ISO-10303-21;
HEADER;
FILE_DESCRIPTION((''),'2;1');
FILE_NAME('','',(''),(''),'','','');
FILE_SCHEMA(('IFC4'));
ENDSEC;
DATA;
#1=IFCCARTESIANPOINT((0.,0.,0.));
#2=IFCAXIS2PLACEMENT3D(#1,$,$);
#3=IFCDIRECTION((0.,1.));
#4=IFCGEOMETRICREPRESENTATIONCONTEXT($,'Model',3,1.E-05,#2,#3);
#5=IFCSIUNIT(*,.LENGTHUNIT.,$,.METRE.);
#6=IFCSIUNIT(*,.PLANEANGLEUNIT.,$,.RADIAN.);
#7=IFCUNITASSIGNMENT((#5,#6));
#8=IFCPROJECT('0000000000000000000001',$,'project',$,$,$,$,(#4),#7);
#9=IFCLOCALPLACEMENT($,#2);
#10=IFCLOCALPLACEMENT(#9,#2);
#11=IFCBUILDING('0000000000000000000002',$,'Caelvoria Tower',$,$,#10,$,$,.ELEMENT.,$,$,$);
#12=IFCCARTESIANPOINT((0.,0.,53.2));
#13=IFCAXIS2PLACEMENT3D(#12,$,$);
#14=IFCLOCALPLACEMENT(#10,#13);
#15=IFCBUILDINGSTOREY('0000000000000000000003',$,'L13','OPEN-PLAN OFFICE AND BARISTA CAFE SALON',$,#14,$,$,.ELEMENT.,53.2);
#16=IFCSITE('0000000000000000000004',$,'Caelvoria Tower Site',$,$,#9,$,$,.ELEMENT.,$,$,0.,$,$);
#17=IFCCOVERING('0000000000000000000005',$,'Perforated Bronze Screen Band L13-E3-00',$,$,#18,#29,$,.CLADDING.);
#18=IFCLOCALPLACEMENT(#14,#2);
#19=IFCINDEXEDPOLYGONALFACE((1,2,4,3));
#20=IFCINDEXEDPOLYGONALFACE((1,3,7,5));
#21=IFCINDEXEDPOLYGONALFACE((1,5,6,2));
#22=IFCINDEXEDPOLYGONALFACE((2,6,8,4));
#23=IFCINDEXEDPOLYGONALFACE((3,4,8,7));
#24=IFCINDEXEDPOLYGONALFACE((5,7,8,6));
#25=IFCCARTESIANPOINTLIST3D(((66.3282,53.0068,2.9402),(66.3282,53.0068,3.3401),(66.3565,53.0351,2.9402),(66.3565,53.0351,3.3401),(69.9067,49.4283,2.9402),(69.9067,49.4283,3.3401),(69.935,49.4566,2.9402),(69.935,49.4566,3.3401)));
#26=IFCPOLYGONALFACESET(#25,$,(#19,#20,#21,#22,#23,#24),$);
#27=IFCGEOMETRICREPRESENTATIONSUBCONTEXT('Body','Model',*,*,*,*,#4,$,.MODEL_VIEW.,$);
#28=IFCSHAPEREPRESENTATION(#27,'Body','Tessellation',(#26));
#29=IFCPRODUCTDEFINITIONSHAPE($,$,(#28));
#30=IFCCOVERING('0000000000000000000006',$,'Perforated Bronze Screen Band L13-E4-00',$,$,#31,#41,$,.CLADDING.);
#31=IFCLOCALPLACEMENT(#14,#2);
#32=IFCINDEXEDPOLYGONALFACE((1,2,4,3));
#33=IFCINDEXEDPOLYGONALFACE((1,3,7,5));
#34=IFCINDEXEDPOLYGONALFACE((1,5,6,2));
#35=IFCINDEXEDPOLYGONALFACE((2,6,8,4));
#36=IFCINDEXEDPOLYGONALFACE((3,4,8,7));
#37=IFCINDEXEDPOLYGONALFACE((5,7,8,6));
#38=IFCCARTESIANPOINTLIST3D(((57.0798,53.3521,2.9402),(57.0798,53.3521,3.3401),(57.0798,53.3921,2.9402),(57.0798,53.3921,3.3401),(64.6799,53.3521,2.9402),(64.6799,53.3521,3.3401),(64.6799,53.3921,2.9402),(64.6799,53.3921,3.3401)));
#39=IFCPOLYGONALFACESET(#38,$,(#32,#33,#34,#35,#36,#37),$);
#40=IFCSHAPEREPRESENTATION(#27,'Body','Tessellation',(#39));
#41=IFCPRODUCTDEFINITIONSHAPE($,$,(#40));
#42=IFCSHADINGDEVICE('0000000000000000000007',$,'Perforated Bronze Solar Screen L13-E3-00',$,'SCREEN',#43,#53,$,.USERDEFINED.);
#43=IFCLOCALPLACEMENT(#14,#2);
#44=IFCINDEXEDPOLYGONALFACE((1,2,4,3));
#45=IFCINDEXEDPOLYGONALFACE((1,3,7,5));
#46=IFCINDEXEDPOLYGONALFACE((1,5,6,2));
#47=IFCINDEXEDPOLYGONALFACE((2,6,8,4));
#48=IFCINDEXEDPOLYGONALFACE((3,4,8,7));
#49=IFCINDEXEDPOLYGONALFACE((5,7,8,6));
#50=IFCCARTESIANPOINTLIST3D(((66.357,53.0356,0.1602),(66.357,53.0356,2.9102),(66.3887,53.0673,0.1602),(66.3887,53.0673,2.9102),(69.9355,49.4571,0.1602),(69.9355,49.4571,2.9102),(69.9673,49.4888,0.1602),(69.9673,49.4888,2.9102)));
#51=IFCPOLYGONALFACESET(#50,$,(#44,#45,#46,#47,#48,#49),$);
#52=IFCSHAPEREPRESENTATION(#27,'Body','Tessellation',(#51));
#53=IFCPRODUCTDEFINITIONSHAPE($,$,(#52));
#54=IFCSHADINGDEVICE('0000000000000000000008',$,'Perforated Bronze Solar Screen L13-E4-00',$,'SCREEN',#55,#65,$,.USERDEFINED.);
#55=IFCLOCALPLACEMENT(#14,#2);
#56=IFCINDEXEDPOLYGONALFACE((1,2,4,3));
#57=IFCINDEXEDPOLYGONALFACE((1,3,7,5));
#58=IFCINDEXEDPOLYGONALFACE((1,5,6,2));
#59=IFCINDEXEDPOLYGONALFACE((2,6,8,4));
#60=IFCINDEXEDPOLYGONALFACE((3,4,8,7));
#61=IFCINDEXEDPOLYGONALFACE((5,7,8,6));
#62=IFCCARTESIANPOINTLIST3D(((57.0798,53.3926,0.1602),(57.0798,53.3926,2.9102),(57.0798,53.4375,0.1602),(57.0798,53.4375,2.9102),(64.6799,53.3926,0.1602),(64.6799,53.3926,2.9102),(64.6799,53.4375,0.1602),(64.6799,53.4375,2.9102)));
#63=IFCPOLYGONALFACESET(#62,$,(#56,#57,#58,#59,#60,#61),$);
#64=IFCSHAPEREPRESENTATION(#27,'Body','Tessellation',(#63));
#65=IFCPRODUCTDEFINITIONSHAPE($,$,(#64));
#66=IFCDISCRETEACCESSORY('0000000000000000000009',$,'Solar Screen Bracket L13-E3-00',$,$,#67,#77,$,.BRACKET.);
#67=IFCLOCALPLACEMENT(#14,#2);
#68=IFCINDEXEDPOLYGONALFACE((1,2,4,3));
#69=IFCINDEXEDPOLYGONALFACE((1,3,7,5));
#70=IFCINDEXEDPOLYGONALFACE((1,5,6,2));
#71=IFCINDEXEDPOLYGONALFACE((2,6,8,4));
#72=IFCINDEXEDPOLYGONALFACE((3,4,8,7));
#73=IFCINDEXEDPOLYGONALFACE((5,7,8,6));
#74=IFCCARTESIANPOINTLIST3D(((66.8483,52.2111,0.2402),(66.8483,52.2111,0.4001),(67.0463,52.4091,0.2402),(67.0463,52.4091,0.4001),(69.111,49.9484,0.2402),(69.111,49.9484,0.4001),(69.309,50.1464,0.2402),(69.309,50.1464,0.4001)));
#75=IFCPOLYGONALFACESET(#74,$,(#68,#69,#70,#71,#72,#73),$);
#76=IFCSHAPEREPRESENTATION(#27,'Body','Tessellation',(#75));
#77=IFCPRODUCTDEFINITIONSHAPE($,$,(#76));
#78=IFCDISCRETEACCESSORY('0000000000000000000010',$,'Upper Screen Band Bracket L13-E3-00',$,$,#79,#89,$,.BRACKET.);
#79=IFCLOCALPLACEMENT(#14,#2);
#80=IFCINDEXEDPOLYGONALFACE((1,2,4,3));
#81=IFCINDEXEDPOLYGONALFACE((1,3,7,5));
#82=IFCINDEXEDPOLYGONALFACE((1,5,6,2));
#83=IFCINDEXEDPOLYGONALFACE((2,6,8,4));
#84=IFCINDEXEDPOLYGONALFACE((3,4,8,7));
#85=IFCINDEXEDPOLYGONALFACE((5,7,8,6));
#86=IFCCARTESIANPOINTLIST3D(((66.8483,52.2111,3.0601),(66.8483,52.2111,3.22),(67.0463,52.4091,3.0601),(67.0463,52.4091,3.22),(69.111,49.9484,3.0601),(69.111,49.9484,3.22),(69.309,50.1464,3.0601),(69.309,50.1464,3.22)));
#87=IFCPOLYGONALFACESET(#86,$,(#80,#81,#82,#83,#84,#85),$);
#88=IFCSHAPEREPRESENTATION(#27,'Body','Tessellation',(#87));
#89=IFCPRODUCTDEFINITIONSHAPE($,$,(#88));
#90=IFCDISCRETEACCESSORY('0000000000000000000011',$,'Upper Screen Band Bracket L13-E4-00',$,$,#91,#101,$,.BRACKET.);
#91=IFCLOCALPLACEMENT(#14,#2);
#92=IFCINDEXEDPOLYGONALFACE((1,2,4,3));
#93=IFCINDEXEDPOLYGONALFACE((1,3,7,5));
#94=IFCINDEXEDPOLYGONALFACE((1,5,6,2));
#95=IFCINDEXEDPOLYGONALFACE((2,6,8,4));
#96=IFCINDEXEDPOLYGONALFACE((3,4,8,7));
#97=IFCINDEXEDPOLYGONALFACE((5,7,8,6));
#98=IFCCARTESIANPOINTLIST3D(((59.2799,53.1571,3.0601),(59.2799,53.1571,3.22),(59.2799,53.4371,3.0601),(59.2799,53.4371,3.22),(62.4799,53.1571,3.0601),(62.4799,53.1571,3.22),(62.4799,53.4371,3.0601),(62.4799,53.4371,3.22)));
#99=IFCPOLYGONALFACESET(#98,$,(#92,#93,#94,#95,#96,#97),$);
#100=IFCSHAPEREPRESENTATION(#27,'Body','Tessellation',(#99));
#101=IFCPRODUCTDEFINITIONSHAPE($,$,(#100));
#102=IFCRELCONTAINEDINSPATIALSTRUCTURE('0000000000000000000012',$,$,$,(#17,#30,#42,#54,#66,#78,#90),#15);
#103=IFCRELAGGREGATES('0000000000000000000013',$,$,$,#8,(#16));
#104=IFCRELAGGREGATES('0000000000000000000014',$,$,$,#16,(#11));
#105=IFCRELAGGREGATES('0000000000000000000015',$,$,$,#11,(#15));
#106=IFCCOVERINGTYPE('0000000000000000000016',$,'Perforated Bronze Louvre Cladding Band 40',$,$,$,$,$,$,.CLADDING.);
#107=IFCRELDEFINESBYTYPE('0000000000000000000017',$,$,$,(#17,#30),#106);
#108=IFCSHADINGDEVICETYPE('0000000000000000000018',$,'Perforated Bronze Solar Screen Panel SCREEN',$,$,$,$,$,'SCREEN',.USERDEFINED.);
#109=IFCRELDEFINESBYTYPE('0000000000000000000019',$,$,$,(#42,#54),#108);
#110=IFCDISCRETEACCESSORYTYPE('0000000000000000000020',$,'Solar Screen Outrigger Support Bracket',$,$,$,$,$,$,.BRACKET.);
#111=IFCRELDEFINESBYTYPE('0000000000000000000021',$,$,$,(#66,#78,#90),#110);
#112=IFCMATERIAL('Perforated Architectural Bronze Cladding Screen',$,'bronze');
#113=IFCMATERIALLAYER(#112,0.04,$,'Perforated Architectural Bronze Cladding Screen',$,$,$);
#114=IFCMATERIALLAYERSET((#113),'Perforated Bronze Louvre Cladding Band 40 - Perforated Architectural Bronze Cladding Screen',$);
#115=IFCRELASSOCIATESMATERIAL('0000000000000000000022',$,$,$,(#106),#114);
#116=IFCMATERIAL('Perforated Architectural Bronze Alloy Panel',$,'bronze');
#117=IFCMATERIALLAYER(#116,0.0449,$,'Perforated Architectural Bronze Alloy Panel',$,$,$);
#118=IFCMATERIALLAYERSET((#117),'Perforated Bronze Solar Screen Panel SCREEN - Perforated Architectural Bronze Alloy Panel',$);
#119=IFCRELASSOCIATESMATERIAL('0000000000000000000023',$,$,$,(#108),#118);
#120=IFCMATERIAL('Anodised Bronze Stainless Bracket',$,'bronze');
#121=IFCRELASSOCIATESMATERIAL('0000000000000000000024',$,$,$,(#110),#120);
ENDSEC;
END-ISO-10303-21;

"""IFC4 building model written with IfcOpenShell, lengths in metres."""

from ifc_helpers import new_model, si_unit, direction, frame, origin, origin_2d, place, context, subcontext, project, spatial, rectangle, extrude, material, layer, layer_set, type_object, element, save


model = new_model("IFC4")

# Units and contexts
model_context = context("Model", 3, precision=1e-05, world=origin(), true_north=direction((0.0, 1.0)))
body_context = subcontext(model_context, "Body", "Model", "MODEL_VIEW")
ifc_project = project(units=[si_unit("LENGTHUNIT", "METRE"), si_unit("PLANEANGLEUNIT", "RADIAN")], contexts=[model_context])

# Site, building, storey
site_placement = place(None, origin())
site = spatial("IfcSite", under=ifc_project, at=site_placement, Name="Caelvoria Tower Site", CompositionType="ELEMENT", RefElevation=0.0)
building_placement = place(site_placement, origin())
building = spatial("IfcBuilding", under=site, at=building_placement, Name="Caelvoria Tower", CompositionType="ELEMENT")
storey_placement = place(building_placement, frame((0.0, 0.0, 53.2)))
storey = spatial("IfcBuildingStorey", under=building, at=storey_placement, Name="L13", Description="OPEN-PLAN OFFICE AND BARISTA CAFE SALON", CompositionType="ELEMENT", Elevation=53.2)

# Coverings
ifc_material_1 = material(Name="Perforated Architectural Bronze Cladding Screen", Category="bronze")
ifc_layer_1 = layer(ifc_material_1, 0.04, Name="Perforated Architectural Bronze Cladding Screen")
ifc_layer_set_1 = layer_set([ifc_layer_1], Name="Perforated Bronze Louvre Cladding Band 40 - Perforated Architectural Bronze Cladding Screen")
covering_type = type_object("IfcCoveringType", Name="Perforated Bronze Louvre Cladding Band 40", PredefinedType="CLADDING", material=ifc_layer_set_1)
covering_1_placement = place(storey_placement, frame((68.1316, 51.2317, 2.9402), z_axis=(0.0, 0.0, 1.0), x_axis=(-0.707107, 0.707107, 0.0)))
element("IfcCovering", 1, at=covering_1_placement, inside=storey, type_object=covering_type, Name="Perforated Bronze Screen Band L13-E3-00", PredefinedType="CLADDING", context=body_context, shape_type="SweptSolid", body=[
    extrude(rectangle(XDim=5.0608, YDim=0.04, at=origin_2d()), origin(), (0.0, 0.0, 1.0), 0.3999),
])
covering_2_placement = place(storey_placement, frame((60.8799, 53.3721, 2.9402), z_axis=(0.0, 0.0, 1.0), x_axis=(-1.0, 0.0, 0.0)))
element("IfcCovering", 2, at=covering_2_placement, inside=storey, type_object=covering_type, Name="Perforated Bronze Screen Band L13-E4-00", PredefinedType="CLADDING", context=body_context, shape_type="SweptSolid", body=[
    extrude(rectangle(XDim=7.6001, YDim=0.04, at=origin_2d()), origin(), (0.0, 0.0, 1.0), 0.3999),
])

# Shading devices
ifc_material_2 = material(Name="Perforated Architectural Bronze Alloy Panel", Category="bronze")
ifc_layer_2 = layer(ifc_material_2, 0.0449, Name="Perforated Architectural Bronze Alloy Panel")
ifc_layer_set_2 = layer_set([ifc_layer_2], Name="Perforated Bronze Solar Screen Panel SCREEN - Perforated Architectural Bronze Alloy Panel")
shading_device_type = type_object("IfcShadingDeviceType", Name="Perforated Bronze Solar Screen Panel SCREEN", ElementType="SCREEN", PredefinedType="USERDEFINED", material=ifc_layer_set_2)
shading_device_1_placement = place(storey_placement, frame((68.1621, 51.2622, 0.1602), z_axis=(0.0, 0.0, 1.0), x_axis=(-0.707107, 0.707107, 0.0)))
element("IfcShadingDevice", 3, at=shading_device_1_placement, inside=storey, type_object=shading_device_type, Name="Perforated Bronze Solar Screen L13-E3-00", ObjectType="SCREEN", PredefinedType="USERDEFINED", context=body_context, shape_type="SweptSolid", body=[
    extrude(rectangle(XDim=5.0608, YDim=0.0449, at=origin_2d()), origin(), (0.0, 0.0, 1.0), 2.75),
])
shading_device_2_placement = place(storey_placement, frame((60.8799, 53.415, 0.1602), z_axis=(0.0, 0.0, 1.0), x_axis=(-1.0, 0.0, 0.0)))
element("IfcShadingDevice", 4, at=shading_device_2_placement, inside=storey, type_object=shading_device_type, Name="Perforated Bronze Solar Screen L13-E4-00", ObjectType="SCREEN", PredefinedType="USERDEFINED", context=body_context, shape_type="SweptSolid", body=[
    extrude(rectangle(XDim=7.6001, YDim=0.0449, at=origin_2d()), origin(), (0.0, 0.0, 1.0), 2.75),
])

# Discrete accessories
ifc_material_3 = material(Name="Anodised Bronze Stainless Bracket", Category="bronze")
discrete_accessory_type = type_object("IfcDiscreteAccessoryType", Name="Solar Screen Outrigger Support Bracket", PredefinedType="BRACKET", material=ifc_material_3)
for number, where, z_axis, x_axis, name in (
    (5, (68.0786, 51.1787, 0.2402), (0.0, 0.0, 1.0), (-0.707107, 0.707107, 0.0), "Solar Screen Bracket L13-E3-00"),
    (6, (68.0786, 51.1787, 3.0601), (0.0, 0.0, 1.0), (-0.707107, 0.707107, 0.0), "Upper Screen Band Bracket L13-E3-00"),
    (7, (60.8799, 53.2971, 3.0601), (0.0, 0.0, 1.0), (-1.0, 0.0, 0.0), "Upper Screen Band Bracket L13-E4-00"),
):
    element("IfcDiscreteAccessory", number, at=place(storey_placement, frame(where, z_axis=z_axis, x_axis=x_axis)), inside=storey, type_object=discrete_accessory_type, Name=name, PredefinedType="BRACKET", context=body_context, shape_type="SweptSolid", body=[
        extrude(rectangle(XDim=3.2, YDim=0.28, at=origin_2d()), origin(), (0.0, 0.0, 1.0), 0.1599),
    ])

save(model, "model.ifc")
